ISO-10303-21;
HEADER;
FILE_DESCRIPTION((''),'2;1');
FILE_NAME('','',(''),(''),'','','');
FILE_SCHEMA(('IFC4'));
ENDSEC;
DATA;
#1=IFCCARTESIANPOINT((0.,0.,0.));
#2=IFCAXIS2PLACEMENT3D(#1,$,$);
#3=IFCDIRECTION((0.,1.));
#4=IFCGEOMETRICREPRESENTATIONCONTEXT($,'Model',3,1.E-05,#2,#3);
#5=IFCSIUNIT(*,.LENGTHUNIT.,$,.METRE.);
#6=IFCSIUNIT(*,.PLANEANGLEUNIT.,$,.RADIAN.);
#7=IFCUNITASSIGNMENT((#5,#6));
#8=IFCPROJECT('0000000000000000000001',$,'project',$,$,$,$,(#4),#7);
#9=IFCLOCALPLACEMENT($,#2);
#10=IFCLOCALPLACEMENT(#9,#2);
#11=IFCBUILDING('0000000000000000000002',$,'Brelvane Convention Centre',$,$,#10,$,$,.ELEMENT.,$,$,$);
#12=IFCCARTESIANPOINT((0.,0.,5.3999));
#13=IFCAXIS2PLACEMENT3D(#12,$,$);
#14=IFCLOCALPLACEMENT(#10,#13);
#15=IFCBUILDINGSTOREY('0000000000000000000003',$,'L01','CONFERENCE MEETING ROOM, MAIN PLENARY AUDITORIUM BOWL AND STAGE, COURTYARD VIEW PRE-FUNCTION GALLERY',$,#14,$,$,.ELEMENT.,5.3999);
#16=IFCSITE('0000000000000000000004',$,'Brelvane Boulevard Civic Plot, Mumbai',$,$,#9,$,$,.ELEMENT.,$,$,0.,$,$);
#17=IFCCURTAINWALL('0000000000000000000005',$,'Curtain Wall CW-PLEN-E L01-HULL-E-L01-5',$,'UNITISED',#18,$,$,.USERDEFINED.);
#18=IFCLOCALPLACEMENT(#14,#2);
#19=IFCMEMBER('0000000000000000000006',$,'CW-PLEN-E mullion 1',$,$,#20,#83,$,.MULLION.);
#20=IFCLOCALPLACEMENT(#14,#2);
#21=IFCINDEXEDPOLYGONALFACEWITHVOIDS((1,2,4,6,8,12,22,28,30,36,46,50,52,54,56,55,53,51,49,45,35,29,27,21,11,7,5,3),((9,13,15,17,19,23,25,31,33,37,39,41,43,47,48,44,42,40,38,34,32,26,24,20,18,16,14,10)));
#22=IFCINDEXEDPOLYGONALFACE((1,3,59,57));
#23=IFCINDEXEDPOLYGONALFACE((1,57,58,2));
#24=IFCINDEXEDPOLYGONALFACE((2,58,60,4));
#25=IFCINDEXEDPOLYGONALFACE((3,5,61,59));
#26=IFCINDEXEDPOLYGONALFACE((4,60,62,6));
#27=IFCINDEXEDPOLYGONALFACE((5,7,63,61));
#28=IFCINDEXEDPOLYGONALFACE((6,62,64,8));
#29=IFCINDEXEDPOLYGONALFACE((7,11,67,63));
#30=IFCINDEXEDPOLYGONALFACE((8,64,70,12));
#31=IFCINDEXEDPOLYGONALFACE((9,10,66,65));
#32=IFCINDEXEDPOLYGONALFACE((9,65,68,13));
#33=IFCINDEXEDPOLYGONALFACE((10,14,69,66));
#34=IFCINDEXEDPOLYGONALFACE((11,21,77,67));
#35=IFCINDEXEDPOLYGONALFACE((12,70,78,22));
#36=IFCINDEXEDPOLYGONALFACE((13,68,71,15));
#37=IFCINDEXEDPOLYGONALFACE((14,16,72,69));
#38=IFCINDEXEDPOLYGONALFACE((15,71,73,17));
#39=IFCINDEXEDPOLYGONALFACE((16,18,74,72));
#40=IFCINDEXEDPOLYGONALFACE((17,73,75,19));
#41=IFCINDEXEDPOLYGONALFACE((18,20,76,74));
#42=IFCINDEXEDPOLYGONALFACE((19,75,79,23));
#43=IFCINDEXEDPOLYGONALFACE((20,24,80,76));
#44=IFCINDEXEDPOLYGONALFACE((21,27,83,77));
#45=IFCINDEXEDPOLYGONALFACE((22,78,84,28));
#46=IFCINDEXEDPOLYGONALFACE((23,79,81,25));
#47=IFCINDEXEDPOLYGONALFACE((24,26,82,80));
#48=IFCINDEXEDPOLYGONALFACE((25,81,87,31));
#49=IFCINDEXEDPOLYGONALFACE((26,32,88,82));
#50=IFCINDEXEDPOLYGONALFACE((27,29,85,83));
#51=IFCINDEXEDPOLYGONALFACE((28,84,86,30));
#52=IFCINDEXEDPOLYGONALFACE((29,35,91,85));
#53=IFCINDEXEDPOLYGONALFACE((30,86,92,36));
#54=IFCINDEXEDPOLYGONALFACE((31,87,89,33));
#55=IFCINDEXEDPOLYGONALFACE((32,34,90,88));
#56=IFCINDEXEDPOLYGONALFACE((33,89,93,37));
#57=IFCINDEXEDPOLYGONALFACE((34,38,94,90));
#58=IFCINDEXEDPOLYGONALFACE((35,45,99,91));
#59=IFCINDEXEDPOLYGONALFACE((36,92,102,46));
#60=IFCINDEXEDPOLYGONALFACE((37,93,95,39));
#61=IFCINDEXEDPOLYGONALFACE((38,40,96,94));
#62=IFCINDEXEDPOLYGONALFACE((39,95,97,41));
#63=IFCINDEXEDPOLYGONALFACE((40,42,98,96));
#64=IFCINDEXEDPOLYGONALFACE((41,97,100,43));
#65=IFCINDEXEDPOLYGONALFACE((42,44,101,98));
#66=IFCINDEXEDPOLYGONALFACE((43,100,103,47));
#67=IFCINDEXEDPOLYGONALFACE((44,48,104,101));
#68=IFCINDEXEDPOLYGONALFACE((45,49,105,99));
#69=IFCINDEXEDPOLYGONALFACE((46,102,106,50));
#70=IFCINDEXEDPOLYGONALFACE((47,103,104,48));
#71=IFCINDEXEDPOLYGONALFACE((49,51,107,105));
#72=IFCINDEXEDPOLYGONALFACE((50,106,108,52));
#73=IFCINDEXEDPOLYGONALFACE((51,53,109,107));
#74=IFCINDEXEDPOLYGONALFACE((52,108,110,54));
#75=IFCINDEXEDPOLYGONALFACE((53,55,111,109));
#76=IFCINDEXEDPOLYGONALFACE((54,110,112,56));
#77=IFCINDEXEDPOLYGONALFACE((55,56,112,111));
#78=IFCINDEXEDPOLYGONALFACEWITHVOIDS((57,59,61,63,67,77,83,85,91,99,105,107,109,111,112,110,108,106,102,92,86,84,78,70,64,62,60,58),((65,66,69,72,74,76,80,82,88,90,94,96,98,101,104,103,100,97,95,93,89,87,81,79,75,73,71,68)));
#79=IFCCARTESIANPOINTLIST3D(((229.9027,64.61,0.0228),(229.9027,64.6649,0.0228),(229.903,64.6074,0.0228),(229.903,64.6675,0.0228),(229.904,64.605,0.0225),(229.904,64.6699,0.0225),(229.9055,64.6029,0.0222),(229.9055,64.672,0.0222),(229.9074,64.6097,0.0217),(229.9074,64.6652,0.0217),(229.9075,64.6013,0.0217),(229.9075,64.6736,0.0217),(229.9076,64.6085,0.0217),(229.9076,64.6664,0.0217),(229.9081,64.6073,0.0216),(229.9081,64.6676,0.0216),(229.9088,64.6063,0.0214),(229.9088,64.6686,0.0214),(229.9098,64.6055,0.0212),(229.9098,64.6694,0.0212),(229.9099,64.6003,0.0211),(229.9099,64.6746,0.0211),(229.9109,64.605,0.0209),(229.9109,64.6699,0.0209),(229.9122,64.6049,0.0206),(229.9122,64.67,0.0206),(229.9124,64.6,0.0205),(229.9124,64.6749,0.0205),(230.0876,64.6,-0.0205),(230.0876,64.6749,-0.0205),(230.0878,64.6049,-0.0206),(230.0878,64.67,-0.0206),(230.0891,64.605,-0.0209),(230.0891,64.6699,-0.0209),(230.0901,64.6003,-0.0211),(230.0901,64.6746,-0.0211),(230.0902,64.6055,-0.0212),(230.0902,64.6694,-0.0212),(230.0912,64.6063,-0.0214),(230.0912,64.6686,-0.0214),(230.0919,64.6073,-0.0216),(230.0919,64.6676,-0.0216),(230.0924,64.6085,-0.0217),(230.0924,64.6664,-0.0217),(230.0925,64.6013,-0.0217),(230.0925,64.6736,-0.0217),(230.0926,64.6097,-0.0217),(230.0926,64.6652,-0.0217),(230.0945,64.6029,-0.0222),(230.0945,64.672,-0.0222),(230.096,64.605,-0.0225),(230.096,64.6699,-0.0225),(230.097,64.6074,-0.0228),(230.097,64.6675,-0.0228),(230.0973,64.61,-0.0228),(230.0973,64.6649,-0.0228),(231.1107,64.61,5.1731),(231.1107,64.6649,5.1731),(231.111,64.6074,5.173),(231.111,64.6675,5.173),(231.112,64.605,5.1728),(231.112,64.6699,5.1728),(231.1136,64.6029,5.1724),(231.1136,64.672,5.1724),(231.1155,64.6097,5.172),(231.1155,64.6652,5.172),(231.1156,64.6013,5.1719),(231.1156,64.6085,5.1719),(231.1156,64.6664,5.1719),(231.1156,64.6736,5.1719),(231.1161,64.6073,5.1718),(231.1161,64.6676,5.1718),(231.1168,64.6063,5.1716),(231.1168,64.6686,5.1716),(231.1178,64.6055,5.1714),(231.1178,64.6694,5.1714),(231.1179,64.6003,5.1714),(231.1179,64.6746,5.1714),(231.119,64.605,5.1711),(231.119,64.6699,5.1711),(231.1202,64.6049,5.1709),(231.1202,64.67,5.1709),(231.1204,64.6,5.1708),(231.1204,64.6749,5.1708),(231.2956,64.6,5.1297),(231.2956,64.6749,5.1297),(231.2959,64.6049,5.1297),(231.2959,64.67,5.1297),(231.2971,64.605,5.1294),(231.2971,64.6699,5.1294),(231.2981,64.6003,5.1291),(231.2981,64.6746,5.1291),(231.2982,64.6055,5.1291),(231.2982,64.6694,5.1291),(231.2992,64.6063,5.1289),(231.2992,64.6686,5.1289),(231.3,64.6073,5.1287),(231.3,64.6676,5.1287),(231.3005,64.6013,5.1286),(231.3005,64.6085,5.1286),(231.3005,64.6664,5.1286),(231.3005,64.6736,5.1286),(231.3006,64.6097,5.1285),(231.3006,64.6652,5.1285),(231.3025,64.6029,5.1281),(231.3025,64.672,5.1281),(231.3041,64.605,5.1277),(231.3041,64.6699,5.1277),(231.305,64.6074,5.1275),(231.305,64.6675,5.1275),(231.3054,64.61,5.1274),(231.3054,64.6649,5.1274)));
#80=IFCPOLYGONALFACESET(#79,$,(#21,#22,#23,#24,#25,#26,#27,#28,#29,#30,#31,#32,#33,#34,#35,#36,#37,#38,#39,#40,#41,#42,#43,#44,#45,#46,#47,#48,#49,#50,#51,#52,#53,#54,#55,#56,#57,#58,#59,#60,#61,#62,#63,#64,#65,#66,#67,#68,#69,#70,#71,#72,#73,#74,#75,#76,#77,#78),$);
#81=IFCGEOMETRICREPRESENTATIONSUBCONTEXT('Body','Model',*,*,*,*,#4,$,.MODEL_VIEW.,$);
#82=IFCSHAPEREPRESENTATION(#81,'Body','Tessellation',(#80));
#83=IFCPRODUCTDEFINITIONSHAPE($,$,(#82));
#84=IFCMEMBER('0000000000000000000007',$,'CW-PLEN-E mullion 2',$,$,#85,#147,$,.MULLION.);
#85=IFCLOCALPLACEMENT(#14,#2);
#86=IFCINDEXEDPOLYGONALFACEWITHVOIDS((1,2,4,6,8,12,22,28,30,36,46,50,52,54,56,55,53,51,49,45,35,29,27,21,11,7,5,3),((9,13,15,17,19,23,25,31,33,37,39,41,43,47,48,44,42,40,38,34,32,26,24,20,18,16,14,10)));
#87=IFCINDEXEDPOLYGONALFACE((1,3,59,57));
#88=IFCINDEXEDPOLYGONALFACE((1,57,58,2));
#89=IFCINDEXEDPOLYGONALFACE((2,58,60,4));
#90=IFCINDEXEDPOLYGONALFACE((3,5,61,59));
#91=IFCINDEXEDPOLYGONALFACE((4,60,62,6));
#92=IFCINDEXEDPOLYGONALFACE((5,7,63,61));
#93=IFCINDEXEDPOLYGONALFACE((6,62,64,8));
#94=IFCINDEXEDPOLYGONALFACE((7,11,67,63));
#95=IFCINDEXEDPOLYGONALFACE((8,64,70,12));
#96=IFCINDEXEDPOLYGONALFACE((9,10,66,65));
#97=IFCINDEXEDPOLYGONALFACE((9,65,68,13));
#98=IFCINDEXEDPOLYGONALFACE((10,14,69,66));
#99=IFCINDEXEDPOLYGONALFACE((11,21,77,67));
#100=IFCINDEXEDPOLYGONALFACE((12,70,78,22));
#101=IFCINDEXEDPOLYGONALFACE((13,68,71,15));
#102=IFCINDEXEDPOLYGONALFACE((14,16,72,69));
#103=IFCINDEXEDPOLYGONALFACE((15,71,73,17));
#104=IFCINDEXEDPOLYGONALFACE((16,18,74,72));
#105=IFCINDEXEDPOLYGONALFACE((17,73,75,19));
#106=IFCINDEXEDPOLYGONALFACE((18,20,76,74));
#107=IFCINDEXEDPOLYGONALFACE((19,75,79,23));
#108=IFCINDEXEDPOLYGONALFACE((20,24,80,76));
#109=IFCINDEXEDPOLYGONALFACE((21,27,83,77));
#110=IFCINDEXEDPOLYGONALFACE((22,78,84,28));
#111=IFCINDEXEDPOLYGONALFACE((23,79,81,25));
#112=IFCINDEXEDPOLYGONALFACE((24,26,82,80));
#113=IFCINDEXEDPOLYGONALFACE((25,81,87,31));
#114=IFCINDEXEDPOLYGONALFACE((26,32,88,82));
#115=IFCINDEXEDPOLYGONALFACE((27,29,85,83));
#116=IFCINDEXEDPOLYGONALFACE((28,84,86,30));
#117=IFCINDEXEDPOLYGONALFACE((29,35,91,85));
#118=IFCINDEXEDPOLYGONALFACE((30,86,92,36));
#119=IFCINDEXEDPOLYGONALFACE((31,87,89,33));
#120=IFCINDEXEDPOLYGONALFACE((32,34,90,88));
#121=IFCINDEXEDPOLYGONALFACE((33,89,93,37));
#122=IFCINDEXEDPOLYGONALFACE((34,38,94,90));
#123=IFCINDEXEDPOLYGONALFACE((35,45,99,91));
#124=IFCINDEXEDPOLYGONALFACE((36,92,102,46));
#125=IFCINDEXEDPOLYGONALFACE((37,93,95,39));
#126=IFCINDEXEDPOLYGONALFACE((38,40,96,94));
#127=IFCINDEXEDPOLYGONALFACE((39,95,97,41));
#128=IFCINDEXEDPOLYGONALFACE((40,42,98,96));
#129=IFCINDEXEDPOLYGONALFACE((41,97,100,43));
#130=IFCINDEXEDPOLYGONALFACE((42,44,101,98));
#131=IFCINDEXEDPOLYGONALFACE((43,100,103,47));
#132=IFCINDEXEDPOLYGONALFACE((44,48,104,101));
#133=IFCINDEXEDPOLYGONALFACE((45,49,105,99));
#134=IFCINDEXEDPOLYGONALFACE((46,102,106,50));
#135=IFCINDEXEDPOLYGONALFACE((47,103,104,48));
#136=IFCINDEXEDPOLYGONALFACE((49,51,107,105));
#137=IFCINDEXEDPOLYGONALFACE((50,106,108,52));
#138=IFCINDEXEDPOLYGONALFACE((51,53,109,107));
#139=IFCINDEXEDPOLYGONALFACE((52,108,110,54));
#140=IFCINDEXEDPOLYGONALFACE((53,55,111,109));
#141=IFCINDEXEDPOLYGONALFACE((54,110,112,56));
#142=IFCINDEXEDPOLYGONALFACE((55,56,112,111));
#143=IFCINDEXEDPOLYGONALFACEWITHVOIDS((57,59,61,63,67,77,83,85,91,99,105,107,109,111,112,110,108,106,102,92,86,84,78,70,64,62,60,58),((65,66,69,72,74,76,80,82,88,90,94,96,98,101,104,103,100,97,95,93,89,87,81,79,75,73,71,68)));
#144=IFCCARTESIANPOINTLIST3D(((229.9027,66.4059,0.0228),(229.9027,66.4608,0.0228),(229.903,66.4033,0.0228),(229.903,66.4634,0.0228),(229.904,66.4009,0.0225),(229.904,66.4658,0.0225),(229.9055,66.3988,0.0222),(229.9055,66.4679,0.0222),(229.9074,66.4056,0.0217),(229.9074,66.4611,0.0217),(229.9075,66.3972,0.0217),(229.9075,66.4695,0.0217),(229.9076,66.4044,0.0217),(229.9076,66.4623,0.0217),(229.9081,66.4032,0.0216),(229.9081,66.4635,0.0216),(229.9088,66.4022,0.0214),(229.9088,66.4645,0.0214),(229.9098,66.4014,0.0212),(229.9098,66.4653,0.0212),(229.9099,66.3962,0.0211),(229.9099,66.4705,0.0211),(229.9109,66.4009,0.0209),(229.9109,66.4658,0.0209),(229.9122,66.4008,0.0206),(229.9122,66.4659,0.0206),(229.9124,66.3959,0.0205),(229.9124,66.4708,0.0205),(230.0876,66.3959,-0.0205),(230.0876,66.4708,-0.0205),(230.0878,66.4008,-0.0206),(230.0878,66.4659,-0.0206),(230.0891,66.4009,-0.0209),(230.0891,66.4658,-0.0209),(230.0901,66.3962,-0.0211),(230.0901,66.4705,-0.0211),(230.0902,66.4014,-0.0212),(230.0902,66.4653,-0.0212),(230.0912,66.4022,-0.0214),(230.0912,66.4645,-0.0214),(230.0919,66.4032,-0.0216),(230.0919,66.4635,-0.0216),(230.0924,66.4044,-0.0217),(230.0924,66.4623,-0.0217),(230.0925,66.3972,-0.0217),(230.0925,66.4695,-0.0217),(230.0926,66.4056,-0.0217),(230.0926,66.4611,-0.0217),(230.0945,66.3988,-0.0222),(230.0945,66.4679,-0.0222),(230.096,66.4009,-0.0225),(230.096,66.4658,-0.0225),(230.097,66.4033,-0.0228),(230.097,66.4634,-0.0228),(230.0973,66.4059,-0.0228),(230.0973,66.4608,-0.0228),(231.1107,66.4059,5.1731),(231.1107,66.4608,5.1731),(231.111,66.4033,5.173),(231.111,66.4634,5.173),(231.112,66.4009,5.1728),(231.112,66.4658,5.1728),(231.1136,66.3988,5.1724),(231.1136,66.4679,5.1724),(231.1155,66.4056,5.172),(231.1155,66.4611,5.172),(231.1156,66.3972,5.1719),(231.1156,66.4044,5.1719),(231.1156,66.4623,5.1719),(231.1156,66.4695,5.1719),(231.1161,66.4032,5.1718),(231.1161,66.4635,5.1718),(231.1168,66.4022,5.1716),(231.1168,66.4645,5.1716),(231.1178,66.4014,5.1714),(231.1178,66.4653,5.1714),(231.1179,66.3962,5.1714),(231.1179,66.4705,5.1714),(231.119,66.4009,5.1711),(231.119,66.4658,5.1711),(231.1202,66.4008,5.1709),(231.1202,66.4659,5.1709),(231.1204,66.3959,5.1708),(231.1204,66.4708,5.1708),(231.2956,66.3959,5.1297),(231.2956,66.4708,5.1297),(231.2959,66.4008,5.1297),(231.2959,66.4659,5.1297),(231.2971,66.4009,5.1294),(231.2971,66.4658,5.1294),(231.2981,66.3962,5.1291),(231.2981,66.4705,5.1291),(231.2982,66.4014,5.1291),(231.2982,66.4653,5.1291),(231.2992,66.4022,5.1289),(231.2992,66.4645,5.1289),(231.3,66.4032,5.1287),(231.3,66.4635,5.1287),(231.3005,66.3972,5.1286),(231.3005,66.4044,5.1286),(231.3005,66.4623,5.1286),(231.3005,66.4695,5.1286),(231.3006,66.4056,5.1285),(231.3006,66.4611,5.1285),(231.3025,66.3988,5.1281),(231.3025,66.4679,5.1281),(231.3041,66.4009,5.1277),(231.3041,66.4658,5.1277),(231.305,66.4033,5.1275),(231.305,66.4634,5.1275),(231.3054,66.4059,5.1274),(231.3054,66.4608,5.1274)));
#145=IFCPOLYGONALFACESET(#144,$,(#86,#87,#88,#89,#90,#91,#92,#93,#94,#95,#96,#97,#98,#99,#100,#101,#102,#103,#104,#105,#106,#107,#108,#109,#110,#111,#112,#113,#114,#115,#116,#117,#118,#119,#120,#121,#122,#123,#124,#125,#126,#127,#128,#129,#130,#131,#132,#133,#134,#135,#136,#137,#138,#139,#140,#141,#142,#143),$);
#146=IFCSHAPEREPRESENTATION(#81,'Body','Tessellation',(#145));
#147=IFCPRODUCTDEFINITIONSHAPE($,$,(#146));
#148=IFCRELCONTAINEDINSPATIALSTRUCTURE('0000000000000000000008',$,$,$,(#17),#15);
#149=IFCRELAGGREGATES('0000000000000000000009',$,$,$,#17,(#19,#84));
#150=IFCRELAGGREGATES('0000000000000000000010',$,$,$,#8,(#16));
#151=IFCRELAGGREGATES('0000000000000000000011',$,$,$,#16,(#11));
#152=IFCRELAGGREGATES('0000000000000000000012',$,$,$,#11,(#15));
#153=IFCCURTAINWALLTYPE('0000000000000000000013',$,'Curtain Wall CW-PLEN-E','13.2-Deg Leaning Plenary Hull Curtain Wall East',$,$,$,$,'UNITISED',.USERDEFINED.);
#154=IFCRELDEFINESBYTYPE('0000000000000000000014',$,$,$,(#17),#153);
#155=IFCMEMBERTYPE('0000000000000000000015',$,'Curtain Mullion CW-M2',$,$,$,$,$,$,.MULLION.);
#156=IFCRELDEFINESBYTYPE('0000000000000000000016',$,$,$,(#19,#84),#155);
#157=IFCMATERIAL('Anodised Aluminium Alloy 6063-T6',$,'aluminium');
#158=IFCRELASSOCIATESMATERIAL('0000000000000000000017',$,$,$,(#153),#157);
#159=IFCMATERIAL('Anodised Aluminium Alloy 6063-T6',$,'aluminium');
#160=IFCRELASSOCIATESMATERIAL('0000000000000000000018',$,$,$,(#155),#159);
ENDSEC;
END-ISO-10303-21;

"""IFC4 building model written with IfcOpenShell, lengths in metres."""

from ifc_helpers import new_model, si_unit, direction, frame, origin, origin_2d, place, context, subcontext, project, spatial, hollow_rectangle, extrude, material, material_profile, profile_set, type_object, element, aggregate, save


model = new_model("IFC4")

# Units and contexts
model_context = context("Model", 3, precision=1e-05, world=origin(), true_north=direction((0.0, 1.0)))
body_context = subcontext(model_context, "Body", "Model", "MODEL_VIEW")
ifc_project = project(units=[si_unit("LENGTHUNIT", "METRE"), si_unit("PLANEANGLEUNIT", "RADIAN")], contexts=[model_context])

# Site, building, storey
site_placement = place(None, origin())
site = spatial("IfcSite", under=ifc_project, at=site_placement, Name="Brelvane Boulevard Civic Plot, Mumbai", CompositionType="ELEMENT", RefElevation=0.0)
building_placement = place(site_placement, origin())
building = spatial("IfcBuilding", under=site, at=building_placement, Name="Brelvane Convention Centre", CompositionType="ELEMENT")
storey_placement = place(building_placement, frame((0.0, 0.0, 5.3999)))
storey = spatial("IfcBuildingStorey", under=building, at=storey_placement, Name="L01", Description="CONFERENCE MEETING ROOM, MAIN PLENARY AUDITORIUM BOWL AND STAGE, COURTYARD VIEW PRE-FUNCTION GALLERY", CompositionType="ELEMENT", Elevation=5.3999)

# Curtain wall, members
ifc_material_1 = material(Name="Anodised Aluminium Alloy 6063-T6", Category="aluminium")
curtain_wall_type = type_object("IfcCurtainWallType", Name="Curtain Wall CW-PLEN-E", Description="13.2-Deg Leaning Plenary Hull Curtain Wall East", ElementType="UNITISED", PredefinedType="USERDEFINED", material=ifc_material_1)
ifc_material_2 = material(Name="Anodised Aluminium Alloy 6063-T6", Category="aluminium")
ifc_material_profile_1 = material_profile(ifc_material_2, hollow_rectangle(XDim=0.075, YDim=0.2, WallThickness=0.0049, InnerFilletRadius=0.0049, OuterFilletRadius=0.01, at=origin_2d()), Name="ALU-M 200x75x5.0")
ifc_profile_set_1 = profile_set([ifc_material_profile_1], Name="Anodised Aluminium Alloy 6063-T6")
member_type_1 = type_object("IfcMemberType", Name="Curtain Mullion CW-M2", PredefinedType="MULLION", material=ifc_profile_set_1)
curtain_wall_1_placement = place(storey_placement, origin())
curtain_wall_1 = element("IfcCurtainWall", 1, at=curtain_wall_1_placement, inside=storey, type_object=curtain_wall_type, Name="Curtain Wall CW-PLEN-E L01-HULL-E-L01-5", ObjectType="UNITISED", PredefinedType="USERDEFINED")
member_1_placement = place(storey_placement, frame((230.0, 64.6375, 0.0), z_axis=(0.22836, 0.0, 0.973577), x_axis=(0.0, 1.0, 0.0)))
member_1 = element("IfcMember", 2, at=member_1_placement, type_object=member_type_1, Name="CW-PLEN-E mullion 1", PredefinedType="MULLION", context=body_context, shape_type="SweptSolid", body=[
    extrude(hollow_rectangle(XDim=0.075, YDim=0.2, WallThickness=0.0049, InnerFilletRadius=0.0049, OuterFilletRadius=0.01, at=origin_2d()), origin(), (0.0, 0.0, 1.0), 5.29),
])
member_2_placement = place(storey_placement, frame((230.0, 66.4333, 0.0), z_axis=(0.22836, 0.0, 0.973577), x_axis=(0.0, 1.0, 0.0)))
member_2 = element("IfcMember", 3, at=member_2_placement, type_object=member_type_1, Name="CW-PLEN-E mullion 2", PredefinedType="MULLION", context=body_context, shape_type="SweptSolid", body=[
    extrude(hollow_rectangle(XDim=0.075, YDim=0.2, WallThickness=0.0049, InnerFilletRadius=0.0049, OuterFilletRadius=0.01, at=origin_2d()), origin(), (0.0, 0.0, 1.0), 5.29),
])

aggregate(curtain_wall_1, [member_1, member_2])

save(model, "model.ifc")
